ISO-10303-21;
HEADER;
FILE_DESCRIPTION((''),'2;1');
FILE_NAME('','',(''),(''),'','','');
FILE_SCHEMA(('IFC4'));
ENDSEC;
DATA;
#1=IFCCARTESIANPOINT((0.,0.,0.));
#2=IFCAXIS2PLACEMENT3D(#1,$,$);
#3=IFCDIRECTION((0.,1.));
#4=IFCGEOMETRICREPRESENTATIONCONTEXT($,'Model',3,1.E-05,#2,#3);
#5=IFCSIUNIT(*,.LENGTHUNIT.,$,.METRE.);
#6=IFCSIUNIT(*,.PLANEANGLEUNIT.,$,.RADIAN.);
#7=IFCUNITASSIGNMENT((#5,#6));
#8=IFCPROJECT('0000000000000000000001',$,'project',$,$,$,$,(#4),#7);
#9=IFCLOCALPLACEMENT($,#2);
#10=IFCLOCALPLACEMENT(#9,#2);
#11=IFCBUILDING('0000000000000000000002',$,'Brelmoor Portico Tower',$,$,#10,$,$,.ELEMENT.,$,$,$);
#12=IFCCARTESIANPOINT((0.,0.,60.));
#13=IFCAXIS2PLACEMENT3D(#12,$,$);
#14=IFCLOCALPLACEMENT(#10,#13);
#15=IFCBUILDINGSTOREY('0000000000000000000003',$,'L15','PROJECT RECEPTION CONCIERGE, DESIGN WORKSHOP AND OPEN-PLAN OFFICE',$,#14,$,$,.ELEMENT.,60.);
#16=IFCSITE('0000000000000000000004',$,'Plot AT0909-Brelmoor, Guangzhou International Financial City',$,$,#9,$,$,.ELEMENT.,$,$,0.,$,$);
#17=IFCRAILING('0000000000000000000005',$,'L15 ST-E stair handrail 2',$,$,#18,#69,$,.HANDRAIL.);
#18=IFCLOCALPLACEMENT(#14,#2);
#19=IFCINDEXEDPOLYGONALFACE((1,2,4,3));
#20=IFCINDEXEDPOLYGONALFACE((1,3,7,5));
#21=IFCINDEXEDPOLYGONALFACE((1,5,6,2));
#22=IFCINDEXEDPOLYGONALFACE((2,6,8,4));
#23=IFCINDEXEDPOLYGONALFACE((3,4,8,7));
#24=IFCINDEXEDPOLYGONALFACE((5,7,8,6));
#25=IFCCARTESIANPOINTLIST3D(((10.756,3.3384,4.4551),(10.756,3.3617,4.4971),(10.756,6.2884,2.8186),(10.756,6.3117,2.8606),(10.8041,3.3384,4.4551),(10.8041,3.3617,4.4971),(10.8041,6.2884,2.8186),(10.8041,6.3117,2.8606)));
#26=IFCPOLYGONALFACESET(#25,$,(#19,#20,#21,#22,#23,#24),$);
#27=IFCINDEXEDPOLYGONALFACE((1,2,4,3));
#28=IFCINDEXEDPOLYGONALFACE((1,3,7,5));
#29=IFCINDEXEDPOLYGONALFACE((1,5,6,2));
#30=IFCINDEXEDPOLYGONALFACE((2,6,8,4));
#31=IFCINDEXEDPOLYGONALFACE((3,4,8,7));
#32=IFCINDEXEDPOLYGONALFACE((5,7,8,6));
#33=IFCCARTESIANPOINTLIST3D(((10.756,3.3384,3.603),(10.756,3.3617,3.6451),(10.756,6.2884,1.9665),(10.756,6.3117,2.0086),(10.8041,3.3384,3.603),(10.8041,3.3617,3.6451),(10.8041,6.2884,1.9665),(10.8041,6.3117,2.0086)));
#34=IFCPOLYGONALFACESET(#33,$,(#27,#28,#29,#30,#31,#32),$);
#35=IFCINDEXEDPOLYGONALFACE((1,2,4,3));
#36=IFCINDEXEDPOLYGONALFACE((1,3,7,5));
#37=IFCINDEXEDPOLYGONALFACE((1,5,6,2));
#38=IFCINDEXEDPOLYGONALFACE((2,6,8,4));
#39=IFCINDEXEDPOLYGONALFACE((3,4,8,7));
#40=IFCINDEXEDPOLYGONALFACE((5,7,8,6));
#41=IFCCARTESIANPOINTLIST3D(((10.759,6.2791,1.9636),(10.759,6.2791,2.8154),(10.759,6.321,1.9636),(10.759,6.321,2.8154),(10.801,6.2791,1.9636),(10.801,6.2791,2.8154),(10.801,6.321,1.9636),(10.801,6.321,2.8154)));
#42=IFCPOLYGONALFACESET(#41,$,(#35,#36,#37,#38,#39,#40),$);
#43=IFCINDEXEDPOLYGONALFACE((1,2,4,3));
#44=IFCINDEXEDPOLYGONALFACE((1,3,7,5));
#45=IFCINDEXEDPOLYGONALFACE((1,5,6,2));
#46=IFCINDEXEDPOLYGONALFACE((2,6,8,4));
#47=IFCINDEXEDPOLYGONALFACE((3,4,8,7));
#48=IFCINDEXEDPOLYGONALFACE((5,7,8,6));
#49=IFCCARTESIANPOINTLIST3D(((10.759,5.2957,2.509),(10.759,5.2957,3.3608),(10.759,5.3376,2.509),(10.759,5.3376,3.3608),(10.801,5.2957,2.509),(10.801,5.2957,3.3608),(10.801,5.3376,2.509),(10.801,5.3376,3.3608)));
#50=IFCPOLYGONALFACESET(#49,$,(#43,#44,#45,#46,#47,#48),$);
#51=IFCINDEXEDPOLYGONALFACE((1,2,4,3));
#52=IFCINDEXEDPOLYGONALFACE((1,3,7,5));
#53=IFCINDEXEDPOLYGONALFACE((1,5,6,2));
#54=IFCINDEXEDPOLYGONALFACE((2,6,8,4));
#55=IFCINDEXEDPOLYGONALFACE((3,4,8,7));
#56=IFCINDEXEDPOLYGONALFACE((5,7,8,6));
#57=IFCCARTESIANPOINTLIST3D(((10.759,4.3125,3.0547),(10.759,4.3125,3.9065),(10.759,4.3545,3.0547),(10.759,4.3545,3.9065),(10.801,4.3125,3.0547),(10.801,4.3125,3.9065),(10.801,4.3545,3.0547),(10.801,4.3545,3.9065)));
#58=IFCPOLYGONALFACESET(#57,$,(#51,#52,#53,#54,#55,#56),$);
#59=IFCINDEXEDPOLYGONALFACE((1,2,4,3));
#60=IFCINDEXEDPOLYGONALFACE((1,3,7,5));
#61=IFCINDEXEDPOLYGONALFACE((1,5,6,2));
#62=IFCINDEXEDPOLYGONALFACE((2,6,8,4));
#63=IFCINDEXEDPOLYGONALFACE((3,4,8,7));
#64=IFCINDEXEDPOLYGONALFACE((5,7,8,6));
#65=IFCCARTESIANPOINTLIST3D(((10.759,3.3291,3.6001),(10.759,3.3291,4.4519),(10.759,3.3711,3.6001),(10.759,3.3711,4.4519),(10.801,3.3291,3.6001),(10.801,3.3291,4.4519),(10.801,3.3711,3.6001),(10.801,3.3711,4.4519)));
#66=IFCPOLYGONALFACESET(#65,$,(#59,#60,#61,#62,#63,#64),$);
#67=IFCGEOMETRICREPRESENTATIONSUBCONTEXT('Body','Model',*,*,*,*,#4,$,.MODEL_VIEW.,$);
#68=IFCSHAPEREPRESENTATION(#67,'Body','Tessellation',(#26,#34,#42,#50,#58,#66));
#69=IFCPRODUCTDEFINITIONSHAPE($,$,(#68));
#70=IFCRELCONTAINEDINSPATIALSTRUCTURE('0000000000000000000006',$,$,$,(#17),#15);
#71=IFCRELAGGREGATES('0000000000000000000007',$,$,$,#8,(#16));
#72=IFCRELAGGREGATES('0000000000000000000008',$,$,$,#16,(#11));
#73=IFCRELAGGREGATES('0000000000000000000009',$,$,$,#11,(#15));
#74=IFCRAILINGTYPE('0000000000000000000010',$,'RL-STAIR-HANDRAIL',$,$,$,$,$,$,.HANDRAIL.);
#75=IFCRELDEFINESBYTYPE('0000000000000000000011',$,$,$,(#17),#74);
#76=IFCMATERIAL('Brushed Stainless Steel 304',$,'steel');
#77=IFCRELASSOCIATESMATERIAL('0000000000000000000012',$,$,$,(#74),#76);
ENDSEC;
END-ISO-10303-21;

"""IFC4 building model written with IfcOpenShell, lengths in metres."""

from ifc_helpers import new_model, si_unit, direction, frame, origin, origin_2d, place, context, subcontext, project, spatial, rectangle, extrude, material, type_object, element, save


model = new_model("IFC4")

# Units and contexts
model_context = context("Model", 3, precision=1e-05, world=origin(), true_north=direction((0.0, 1.0)))
body_context = subcontext(model_context, "Body", "Model", "MODEL_VIEW")
ifc_project = project(units=[si_unit("LENGTHUNIT", "METRE"), si_unit("PLANEANGLEUNIT", "RADIAN")], contexts=[model_context])

# Site, building, storey
site_placement = place(None, origin())
site = spatial("IfcSite", under=ifc_project, at=site_placement, Name="Plot AT0909-Brelmoor, Guangzhou International Financial City", CompositionType="ELEMENT", RefElevation=0.0)
building_placement = place(site_placement, origin())
building = spatial("IfcBuilding", under=site, at=building_placement, Name="Brelmoor Portico Tower", CompositionType="ELEMENT")
storey_placement = place(building_placement, frame((0.0, 0.0, 60.0)))
storey = spatial("IfcBuildingStorey", under=building, at=storey_placement, Name="L15", Description="PROJECT RECEPTION CONCIERGE, DESIGN WORKSHOP AND OPEN-PLAN OFFICE", CompositionType="ELEMENT", Elevation=60.0)

# Railing
ifc_material_1 = material(Name="Brushed Stainless Steel 304", Category="steel")
railing_type = type_object("IfcRailingType", Name="RL-STAIR-HANDRAIL", PredefinedType="HANDRAIL", material=ifc_material_1)
railing_placement = place(storey_placement, frame((10.78, 6.3, 1.9636)))
element("IfcRailing", 1, at=railing_placement, inside=storey, type_object=railing_type, Name="L15 ST-E stair handrail 2", PredefinedType="HANDRAIL", context=body_context, shape_type="SweptSolid", body=[
    extrude(rectangle(XDim=0.0481, YDim=0.0481, at=origin_2d()), frame((0.0, 0.0, 0.876), z_axis=(0.0, -0.874458, 0.485102), x_axis=(1.0, 0.0, 0.0)), (0.0, 0.0, 1.0), 3.3735),
    extrude(rectangle(XDim=0.0481, YDim=0.0481, at=origin_2d()), frame((0.0, 0.0, 0.0239), z_axis=(0.0, -0.874458, 0.485102), x_axis=(1.0, 0.0, 0.0)), (0.0, 0.0, 1.0), 3.3735),
    extrude(rectangle(XDim=0.042, YDim=0.042, at=origin_2d()), origin(), (0.0, 0.0, 1.0), 0.8518),
    extrude(rectangle(XDim=0.042, YDim=0.042, at=origin_2d()), frame((0.0, -0.9834, 0.5454)), (0.0, 0.0, 1.0), 0.8518),
    extrude(rectangle(XDim=0.042, YDim=0.042, at=origin_2d()), frame((0.0, -1.9666, 1.0911)), (0.0, 0.0, 1.0), 0.8518),
    extrude(rectangle(XDim=0.042, YDim=0.042, at=origin_2d()), frame((0.0, -2.95, 1.6365)), (0.0, 0.0, 1.0), 0.8518),
])

save(model, "model.ifc")
